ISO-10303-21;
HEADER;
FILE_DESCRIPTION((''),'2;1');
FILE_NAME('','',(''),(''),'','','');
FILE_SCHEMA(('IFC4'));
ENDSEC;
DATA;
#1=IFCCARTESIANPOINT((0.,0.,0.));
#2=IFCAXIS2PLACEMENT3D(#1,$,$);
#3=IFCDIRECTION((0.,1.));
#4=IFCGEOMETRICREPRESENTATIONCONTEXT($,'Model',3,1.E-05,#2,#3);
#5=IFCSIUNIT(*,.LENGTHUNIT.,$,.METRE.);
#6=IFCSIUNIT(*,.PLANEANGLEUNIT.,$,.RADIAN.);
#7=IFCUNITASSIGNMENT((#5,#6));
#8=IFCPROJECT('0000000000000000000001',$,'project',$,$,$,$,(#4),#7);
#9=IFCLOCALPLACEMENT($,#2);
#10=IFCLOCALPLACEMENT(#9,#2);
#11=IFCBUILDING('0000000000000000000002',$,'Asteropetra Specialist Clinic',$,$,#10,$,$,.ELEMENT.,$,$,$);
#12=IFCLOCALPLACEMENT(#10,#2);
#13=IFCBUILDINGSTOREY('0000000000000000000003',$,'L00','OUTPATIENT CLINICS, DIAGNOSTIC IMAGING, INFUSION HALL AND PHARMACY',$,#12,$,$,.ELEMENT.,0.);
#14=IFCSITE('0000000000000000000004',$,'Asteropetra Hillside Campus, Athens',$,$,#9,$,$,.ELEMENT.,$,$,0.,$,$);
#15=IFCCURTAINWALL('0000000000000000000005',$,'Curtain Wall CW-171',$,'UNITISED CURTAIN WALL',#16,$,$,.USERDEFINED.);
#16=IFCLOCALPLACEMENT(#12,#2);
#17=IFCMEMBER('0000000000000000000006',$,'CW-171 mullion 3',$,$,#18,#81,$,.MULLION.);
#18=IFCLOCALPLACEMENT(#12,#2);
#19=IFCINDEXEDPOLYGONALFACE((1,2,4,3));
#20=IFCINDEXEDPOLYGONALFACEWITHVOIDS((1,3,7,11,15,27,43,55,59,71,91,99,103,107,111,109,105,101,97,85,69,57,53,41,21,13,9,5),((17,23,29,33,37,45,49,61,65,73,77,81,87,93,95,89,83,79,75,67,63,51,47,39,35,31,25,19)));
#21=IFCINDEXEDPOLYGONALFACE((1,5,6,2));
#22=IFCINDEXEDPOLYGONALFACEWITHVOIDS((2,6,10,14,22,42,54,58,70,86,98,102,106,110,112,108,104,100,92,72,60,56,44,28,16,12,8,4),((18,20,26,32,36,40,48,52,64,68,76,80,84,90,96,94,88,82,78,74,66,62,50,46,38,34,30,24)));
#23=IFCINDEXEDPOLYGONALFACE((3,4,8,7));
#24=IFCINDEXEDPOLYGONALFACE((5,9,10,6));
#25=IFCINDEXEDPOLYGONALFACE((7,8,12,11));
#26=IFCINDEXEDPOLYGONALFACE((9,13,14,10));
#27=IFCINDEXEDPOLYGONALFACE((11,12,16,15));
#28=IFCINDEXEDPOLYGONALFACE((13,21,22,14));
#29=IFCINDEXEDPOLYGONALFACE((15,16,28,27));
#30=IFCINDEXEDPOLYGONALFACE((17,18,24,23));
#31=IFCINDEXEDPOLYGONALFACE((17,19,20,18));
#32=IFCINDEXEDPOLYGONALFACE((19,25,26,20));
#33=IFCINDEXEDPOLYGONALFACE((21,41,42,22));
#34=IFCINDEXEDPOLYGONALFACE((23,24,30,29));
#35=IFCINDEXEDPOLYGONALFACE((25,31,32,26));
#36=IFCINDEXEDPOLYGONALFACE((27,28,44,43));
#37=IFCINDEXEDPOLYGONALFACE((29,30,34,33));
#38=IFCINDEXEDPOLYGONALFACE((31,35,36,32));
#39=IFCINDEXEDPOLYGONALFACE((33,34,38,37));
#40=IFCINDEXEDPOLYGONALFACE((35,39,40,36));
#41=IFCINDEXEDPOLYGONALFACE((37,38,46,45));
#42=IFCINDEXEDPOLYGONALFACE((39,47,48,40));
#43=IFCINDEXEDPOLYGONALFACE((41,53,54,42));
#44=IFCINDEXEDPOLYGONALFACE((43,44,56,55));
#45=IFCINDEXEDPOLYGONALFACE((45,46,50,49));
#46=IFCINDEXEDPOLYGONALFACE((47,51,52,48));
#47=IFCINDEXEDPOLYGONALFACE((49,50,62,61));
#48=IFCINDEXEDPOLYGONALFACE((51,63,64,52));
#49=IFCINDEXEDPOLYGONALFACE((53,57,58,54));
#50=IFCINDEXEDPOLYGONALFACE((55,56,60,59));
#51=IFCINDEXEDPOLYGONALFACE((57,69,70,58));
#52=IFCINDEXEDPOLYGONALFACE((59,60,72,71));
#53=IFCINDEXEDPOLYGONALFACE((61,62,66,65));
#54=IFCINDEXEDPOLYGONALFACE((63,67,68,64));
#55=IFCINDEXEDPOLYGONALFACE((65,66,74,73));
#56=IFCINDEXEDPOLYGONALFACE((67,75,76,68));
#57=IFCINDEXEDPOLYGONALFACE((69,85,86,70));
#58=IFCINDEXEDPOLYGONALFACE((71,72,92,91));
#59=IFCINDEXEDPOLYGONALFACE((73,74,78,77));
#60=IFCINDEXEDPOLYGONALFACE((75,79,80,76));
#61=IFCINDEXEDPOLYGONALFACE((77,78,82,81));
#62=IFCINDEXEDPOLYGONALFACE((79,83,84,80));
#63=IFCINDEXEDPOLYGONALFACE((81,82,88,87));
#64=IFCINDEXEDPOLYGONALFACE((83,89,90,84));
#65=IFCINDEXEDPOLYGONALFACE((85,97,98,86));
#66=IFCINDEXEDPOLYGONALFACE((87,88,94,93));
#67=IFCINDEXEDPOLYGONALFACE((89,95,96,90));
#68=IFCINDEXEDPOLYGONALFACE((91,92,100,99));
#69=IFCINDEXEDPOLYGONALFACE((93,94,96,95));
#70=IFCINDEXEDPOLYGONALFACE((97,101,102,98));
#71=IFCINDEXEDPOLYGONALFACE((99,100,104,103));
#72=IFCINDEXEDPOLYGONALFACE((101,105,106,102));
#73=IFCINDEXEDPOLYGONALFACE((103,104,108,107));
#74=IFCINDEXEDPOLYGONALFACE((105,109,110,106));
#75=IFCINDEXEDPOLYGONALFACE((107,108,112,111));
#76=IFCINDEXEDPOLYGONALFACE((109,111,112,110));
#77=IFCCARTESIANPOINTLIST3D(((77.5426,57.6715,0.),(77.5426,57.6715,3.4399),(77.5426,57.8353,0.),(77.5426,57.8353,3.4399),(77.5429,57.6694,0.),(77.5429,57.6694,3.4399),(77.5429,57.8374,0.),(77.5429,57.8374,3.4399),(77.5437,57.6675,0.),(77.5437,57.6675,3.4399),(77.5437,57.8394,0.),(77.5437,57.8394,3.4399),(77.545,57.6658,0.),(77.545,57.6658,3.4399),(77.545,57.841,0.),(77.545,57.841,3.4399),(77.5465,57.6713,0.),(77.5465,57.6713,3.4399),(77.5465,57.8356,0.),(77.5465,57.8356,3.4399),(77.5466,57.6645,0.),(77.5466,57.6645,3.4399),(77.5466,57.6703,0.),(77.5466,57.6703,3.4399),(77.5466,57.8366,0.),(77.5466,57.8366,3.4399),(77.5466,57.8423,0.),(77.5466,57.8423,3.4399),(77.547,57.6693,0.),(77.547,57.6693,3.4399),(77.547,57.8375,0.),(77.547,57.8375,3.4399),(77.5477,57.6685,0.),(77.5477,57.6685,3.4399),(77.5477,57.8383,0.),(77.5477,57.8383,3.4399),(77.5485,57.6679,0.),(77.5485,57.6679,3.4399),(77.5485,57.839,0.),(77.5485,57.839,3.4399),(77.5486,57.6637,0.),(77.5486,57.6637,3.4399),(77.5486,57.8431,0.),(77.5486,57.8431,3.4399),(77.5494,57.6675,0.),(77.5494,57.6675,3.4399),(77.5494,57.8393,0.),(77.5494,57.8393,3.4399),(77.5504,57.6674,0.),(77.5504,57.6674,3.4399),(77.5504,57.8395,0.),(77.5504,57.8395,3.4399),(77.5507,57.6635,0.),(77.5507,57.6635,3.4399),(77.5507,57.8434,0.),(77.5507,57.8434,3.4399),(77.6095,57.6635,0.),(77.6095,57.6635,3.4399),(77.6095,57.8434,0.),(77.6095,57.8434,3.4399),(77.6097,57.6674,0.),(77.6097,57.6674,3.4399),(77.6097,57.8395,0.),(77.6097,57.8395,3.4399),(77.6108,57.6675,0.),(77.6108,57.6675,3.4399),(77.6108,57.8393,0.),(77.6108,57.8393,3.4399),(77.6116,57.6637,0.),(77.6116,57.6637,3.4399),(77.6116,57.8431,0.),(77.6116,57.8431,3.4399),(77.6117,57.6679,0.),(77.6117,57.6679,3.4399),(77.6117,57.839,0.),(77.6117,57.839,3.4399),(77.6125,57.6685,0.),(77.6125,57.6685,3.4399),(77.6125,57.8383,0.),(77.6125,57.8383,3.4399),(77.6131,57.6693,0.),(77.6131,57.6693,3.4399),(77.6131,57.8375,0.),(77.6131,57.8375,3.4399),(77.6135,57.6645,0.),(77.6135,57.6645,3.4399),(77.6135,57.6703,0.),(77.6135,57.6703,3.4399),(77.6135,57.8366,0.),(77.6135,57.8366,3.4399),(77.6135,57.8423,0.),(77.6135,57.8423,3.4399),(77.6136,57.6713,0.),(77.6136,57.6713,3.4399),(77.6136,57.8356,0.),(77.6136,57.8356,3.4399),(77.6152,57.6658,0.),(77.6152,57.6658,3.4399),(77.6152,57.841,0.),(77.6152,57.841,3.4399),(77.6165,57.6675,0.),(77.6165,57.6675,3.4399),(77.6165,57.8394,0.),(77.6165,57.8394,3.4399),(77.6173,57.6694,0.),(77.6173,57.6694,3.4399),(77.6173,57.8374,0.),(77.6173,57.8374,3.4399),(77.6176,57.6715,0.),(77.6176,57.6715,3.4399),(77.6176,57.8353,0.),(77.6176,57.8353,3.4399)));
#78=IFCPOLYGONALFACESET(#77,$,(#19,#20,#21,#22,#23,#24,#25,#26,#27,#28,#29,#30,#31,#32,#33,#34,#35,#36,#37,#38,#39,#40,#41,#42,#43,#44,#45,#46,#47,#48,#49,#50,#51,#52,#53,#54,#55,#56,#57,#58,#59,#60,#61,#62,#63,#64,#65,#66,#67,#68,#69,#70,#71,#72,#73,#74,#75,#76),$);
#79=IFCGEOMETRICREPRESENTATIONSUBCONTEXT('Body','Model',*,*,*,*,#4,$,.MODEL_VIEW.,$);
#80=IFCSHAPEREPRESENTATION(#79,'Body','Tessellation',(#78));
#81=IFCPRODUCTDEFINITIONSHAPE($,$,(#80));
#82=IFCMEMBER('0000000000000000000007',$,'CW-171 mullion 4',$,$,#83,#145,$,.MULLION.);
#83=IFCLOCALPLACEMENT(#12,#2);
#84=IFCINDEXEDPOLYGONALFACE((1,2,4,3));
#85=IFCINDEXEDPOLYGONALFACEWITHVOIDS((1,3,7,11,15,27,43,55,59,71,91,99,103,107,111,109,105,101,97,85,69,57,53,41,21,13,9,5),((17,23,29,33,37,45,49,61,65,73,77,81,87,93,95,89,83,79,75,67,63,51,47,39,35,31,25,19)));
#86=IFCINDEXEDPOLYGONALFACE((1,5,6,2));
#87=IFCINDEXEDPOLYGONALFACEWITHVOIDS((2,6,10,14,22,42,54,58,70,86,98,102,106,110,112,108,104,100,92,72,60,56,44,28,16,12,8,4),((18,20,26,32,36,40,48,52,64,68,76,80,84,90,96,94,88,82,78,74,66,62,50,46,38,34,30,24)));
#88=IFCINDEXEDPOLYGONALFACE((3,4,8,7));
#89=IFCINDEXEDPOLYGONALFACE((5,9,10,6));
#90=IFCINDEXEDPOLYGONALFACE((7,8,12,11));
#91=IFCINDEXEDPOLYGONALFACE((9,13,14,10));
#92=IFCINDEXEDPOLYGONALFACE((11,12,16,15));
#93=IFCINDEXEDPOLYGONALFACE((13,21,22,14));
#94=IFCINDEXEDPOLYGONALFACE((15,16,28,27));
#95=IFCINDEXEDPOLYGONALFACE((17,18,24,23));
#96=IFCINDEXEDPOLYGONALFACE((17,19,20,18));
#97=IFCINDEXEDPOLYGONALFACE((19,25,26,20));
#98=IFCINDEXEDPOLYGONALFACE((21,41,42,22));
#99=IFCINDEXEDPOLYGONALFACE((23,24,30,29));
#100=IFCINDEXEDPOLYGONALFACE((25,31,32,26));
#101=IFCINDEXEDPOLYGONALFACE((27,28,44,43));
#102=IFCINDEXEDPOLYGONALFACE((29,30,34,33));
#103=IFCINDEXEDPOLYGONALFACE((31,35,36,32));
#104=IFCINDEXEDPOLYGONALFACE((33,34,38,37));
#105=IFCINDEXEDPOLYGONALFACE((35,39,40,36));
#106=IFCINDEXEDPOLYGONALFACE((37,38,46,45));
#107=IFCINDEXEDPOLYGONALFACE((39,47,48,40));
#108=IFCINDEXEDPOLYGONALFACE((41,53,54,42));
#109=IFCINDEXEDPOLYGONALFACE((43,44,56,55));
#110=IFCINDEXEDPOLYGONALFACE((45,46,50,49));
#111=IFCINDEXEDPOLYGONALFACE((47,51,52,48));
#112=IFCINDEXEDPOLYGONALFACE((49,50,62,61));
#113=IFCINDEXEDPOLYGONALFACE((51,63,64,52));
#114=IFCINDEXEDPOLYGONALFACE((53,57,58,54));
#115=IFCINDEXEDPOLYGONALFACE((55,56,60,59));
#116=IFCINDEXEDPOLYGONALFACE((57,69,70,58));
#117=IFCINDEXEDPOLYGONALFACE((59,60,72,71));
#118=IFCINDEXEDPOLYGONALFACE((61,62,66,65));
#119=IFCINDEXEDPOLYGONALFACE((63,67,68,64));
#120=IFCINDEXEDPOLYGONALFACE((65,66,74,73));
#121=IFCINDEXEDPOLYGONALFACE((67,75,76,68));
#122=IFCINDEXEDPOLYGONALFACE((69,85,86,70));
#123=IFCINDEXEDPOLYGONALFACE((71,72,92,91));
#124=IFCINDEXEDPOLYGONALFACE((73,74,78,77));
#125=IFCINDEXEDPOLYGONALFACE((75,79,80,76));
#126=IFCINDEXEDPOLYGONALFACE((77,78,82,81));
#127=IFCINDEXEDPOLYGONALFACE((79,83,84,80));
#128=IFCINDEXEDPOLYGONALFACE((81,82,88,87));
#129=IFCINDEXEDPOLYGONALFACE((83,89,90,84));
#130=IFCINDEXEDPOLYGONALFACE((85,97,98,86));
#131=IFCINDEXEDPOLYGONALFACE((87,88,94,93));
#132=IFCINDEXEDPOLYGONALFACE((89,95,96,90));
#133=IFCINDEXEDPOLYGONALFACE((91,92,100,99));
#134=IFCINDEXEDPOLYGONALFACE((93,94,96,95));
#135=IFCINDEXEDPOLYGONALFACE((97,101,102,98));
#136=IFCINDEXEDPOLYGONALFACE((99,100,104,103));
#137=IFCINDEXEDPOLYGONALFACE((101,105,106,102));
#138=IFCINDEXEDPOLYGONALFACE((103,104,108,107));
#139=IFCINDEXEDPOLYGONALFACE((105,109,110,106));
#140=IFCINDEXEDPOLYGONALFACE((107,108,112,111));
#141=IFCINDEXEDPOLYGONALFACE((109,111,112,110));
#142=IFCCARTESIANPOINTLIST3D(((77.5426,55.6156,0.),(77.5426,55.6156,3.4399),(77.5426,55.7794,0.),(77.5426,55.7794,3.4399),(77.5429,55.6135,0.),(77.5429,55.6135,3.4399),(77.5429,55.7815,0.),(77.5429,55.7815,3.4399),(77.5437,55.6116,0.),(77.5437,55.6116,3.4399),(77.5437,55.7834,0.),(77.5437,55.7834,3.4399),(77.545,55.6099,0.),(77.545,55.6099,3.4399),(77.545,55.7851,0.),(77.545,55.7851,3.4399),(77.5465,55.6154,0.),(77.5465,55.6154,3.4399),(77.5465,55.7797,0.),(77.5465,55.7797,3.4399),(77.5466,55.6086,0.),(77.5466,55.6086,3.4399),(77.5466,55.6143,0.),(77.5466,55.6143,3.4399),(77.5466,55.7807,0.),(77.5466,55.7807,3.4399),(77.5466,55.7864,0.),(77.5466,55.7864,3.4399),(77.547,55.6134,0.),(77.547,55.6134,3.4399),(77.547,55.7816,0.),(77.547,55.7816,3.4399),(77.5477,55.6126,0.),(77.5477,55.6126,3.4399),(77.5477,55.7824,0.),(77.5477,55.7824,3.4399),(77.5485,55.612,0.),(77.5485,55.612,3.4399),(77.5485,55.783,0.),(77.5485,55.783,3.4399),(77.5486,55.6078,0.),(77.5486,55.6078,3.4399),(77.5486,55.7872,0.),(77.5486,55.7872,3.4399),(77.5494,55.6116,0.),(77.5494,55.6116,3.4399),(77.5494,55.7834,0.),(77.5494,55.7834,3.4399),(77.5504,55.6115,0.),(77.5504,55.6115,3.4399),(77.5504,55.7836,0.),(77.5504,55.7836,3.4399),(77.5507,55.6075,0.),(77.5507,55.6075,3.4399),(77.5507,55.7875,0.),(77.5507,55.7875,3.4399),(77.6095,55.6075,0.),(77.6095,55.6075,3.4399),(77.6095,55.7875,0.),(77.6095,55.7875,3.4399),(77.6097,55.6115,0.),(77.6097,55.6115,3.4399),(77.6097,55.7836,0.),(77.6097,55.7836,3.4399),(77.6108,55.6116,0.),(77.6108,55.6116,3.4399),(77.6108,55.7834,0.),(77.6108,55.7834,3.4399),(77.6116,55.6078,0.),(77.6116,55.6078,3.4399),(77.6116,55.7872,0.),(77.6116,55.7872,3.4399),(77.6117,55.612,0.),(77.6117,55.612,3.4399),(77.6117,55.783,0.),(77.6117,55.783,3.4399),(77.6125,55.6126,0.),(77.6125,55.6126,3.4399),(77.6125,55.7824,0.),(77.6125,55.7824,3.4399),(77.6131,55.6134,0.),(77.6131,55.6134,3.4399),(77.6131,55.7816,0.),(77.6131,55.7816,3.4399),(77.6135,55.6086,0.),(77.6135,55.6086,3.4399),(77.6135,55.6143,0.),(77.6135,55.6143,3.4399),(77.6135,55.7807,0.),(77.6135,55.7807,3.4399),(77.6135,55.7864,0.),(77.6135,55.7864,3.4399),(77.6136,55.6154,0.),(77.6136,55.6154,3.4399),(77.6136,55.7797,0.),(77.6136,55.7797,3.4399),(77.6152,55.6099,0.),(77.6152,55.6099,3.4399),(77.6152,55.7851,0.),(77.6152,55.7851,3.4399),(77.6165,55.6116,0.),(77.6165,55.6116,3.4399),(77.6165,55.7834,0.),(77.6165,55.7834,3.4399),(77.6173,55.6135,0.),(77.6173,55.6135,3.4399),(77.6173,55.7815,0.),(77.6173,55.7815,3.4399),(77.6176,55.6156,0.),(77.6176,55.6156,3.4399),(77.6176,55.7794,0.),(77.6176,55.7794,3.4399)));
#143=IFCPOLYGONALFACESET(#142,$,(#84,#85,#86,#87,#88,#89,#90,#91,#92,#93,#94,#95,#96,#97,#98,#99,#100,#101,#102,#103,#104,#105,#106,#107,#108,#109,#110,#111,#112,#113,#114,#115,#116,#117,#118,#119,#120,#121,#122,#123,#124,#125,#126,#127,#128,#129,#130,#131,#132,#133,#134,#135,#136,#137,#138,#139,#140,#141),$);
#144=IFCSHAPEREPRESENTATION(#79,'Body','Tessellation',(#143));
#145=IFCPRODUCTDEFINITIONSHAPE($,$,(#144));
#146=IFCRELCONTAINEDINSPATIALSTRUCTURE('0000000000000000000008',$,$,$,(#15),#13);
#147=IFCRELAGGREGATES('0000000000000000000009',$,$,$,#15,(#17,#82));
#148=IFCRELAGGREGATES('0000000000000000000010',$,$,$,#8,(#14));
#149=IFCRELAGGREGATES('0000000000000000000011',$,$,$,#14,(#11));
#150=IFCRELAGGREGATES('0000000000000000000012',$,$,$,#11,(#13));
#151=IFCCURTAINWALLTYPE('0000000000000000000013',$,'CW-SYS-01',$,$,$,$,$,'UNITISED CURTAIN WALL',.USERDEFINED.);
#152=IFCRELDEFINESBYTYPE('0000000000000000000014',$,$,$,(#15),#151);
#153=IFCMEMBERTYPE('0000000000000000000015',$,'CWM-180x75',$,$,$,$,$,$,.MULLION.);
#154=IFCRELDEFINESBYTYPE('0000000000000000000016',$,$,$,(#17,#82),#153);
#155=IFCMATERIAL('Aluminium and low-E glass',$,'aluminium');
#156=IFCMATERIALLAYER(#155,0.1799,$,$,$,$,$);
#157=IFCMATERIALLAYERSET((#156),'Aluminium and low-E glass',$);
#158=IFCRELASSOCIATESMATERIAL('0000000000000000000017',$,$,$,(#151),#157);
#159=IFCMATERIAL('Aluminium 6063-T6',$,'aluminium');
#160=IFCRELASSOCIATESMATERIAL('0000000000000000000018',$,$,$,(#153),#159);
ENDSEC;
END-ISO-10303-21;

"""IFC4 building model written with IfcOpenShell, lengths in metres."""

from ifc_helpers import new_model, si_unit, direction, frame, origin, origin_2d, place, context, subcontext, project, spatial, hollow_rectangle, extrude, material, layer, layer_set, material_profile, profile_set, type_object, element, aggregate, save


model = new_model("IFC4")

# Units and contexts
model_context = context("Model", 3, precision=1e-05, world=origin(), true_north=direction((0.0, 1.0)))
body_context = subcontext(model_context, "Body", "Model", "MODEL_VIEW")
ifc_project = project(units=[si_unit("LENGTHUNIT", "METRE"), si_unit("PLANEANGLEUNIT", "RADIAN")], contexts=[model_context])

# Site, building, storey
site_placement = place(None, origin())
site = spatial("IfcSite", under=ifc_project, at=site_placement, Name="Asteropetra Hillside Campus, Athens", CompositionType="ELEMENT", RefElevation=0.0)
building_placement = place(site_placement, origin())
building = spatial("IfcBuilding", under=site, at=building_placement, Name="Asteropetra Specialist Clinic", CompositionType="ELEMENT")
storey_placement = place(building_placement, origin())
storey = spatial("IfcBuildingStorey", under=building, at=storey_placement, Name="L00", Description="OUTPATIENT CLINICS, DIAGNOSTIC IMAGING, INFUSION HALL AND PHARMACY", CompositionType="ELEMENT", Elevation=0.0)

# Curtain wall, members
ifc_material_1 = material(Name="Aluminium and low-E glass", Category="aluminium")
ifc_layer_1 = layer(ifc_material_1, 0.1799)
ifc_layer_set_1 = layer_set([ifc_layer_1], Name="Aluminium and low-E glass")
curtain_wall_type_1 = type_object("IfcCurtainWallType", Name="CW-SYS-01", ElementType="UNITISED CURTAIN WALL", PredefinedType="USERDEFINED", material=ifc_layer_set_1)
curtain_wall_1_placement = place(storey_placement, origin())
curtain_wall_1 = element("IfcCurtainWall", 1, at=curtain_wall_1_placement, inside=storey, type_object=curtain_wall_type_1, Name="Curtain Wall CW-171", ObjectType="UNITISED CURTAIN WALL", PredefinedType="USERDEFINED")
ifc_material_2 = material(Name="Aluminium 6063-T6", Category="aluminium")
ifc_material_profile_1 = material_profile(ifc_material_2, hollow_rectangle(XDim=0.075, YDim=0.1799, WallThickness=0.0039, InnerFilletRadius=0.0039, OuterFilletRadius=0.0081, at=origin_2d()), Name="MUL 180x75x4.0")
ifc_profile_set_1 = profile_set([ifc_material_profile_1], Name="Aluminium 6063-T6")
member_type_1 = type_object("IfcMemberType", Name="CWM-180x75", PredefinedType="MULLION", material=ifc_profile_set_1)
member_1_placement = place(storey_placement, frame((77.5801, 57.7534, 0.0), z_axis=(0.0, 0.0, 1.0), x_axis=(1.0, 0.0, 0.0)))
member_1 = element("IfcMember", 2, at=member_1_placement, type_object=member_type_1, Name="CW-171 mullion 3", PredefinedType="MULLION", context=body_context, shape_type="SweptSolid", body=[
    extrude(hollow_rectangle(XDim=0.075, YDim=0.1799, WallThickness=0.0039, InnerFilletRadius=0.0039, OuterFilletRadius=0.0081, at=origin_2d()), origin(), (0.0, 0.0, 1.0), 3.4399),
])
member_2_placement = place(storey_placement, frame((77.5801, 55.6975, 0.0), z_axis=(0.0, 0.0, 1.0), x_axis=(1.0, 0.0, 0.0)))
member_2 = element("IfcMember", 3, at=member_2_placement, type_object=member_type_1, Name="CW-171 mullion 4", PredefinedType="MULLION", context=body_context, shape_type="SweptSolid", body=[
    extrude(hollow_rectangle(XDim=0.075, YDim=0.1799, WallThickness=0.0039, InnerFilletRadius=0.0039, OuterFilletRadius=0.0081, at=origin_2d()), origin(), (0.0, 0.0, 1.0), 3.4399),
])

aggregate(curtain_wall_1, [member_1, member_2])

save(model, "model.ifc")
